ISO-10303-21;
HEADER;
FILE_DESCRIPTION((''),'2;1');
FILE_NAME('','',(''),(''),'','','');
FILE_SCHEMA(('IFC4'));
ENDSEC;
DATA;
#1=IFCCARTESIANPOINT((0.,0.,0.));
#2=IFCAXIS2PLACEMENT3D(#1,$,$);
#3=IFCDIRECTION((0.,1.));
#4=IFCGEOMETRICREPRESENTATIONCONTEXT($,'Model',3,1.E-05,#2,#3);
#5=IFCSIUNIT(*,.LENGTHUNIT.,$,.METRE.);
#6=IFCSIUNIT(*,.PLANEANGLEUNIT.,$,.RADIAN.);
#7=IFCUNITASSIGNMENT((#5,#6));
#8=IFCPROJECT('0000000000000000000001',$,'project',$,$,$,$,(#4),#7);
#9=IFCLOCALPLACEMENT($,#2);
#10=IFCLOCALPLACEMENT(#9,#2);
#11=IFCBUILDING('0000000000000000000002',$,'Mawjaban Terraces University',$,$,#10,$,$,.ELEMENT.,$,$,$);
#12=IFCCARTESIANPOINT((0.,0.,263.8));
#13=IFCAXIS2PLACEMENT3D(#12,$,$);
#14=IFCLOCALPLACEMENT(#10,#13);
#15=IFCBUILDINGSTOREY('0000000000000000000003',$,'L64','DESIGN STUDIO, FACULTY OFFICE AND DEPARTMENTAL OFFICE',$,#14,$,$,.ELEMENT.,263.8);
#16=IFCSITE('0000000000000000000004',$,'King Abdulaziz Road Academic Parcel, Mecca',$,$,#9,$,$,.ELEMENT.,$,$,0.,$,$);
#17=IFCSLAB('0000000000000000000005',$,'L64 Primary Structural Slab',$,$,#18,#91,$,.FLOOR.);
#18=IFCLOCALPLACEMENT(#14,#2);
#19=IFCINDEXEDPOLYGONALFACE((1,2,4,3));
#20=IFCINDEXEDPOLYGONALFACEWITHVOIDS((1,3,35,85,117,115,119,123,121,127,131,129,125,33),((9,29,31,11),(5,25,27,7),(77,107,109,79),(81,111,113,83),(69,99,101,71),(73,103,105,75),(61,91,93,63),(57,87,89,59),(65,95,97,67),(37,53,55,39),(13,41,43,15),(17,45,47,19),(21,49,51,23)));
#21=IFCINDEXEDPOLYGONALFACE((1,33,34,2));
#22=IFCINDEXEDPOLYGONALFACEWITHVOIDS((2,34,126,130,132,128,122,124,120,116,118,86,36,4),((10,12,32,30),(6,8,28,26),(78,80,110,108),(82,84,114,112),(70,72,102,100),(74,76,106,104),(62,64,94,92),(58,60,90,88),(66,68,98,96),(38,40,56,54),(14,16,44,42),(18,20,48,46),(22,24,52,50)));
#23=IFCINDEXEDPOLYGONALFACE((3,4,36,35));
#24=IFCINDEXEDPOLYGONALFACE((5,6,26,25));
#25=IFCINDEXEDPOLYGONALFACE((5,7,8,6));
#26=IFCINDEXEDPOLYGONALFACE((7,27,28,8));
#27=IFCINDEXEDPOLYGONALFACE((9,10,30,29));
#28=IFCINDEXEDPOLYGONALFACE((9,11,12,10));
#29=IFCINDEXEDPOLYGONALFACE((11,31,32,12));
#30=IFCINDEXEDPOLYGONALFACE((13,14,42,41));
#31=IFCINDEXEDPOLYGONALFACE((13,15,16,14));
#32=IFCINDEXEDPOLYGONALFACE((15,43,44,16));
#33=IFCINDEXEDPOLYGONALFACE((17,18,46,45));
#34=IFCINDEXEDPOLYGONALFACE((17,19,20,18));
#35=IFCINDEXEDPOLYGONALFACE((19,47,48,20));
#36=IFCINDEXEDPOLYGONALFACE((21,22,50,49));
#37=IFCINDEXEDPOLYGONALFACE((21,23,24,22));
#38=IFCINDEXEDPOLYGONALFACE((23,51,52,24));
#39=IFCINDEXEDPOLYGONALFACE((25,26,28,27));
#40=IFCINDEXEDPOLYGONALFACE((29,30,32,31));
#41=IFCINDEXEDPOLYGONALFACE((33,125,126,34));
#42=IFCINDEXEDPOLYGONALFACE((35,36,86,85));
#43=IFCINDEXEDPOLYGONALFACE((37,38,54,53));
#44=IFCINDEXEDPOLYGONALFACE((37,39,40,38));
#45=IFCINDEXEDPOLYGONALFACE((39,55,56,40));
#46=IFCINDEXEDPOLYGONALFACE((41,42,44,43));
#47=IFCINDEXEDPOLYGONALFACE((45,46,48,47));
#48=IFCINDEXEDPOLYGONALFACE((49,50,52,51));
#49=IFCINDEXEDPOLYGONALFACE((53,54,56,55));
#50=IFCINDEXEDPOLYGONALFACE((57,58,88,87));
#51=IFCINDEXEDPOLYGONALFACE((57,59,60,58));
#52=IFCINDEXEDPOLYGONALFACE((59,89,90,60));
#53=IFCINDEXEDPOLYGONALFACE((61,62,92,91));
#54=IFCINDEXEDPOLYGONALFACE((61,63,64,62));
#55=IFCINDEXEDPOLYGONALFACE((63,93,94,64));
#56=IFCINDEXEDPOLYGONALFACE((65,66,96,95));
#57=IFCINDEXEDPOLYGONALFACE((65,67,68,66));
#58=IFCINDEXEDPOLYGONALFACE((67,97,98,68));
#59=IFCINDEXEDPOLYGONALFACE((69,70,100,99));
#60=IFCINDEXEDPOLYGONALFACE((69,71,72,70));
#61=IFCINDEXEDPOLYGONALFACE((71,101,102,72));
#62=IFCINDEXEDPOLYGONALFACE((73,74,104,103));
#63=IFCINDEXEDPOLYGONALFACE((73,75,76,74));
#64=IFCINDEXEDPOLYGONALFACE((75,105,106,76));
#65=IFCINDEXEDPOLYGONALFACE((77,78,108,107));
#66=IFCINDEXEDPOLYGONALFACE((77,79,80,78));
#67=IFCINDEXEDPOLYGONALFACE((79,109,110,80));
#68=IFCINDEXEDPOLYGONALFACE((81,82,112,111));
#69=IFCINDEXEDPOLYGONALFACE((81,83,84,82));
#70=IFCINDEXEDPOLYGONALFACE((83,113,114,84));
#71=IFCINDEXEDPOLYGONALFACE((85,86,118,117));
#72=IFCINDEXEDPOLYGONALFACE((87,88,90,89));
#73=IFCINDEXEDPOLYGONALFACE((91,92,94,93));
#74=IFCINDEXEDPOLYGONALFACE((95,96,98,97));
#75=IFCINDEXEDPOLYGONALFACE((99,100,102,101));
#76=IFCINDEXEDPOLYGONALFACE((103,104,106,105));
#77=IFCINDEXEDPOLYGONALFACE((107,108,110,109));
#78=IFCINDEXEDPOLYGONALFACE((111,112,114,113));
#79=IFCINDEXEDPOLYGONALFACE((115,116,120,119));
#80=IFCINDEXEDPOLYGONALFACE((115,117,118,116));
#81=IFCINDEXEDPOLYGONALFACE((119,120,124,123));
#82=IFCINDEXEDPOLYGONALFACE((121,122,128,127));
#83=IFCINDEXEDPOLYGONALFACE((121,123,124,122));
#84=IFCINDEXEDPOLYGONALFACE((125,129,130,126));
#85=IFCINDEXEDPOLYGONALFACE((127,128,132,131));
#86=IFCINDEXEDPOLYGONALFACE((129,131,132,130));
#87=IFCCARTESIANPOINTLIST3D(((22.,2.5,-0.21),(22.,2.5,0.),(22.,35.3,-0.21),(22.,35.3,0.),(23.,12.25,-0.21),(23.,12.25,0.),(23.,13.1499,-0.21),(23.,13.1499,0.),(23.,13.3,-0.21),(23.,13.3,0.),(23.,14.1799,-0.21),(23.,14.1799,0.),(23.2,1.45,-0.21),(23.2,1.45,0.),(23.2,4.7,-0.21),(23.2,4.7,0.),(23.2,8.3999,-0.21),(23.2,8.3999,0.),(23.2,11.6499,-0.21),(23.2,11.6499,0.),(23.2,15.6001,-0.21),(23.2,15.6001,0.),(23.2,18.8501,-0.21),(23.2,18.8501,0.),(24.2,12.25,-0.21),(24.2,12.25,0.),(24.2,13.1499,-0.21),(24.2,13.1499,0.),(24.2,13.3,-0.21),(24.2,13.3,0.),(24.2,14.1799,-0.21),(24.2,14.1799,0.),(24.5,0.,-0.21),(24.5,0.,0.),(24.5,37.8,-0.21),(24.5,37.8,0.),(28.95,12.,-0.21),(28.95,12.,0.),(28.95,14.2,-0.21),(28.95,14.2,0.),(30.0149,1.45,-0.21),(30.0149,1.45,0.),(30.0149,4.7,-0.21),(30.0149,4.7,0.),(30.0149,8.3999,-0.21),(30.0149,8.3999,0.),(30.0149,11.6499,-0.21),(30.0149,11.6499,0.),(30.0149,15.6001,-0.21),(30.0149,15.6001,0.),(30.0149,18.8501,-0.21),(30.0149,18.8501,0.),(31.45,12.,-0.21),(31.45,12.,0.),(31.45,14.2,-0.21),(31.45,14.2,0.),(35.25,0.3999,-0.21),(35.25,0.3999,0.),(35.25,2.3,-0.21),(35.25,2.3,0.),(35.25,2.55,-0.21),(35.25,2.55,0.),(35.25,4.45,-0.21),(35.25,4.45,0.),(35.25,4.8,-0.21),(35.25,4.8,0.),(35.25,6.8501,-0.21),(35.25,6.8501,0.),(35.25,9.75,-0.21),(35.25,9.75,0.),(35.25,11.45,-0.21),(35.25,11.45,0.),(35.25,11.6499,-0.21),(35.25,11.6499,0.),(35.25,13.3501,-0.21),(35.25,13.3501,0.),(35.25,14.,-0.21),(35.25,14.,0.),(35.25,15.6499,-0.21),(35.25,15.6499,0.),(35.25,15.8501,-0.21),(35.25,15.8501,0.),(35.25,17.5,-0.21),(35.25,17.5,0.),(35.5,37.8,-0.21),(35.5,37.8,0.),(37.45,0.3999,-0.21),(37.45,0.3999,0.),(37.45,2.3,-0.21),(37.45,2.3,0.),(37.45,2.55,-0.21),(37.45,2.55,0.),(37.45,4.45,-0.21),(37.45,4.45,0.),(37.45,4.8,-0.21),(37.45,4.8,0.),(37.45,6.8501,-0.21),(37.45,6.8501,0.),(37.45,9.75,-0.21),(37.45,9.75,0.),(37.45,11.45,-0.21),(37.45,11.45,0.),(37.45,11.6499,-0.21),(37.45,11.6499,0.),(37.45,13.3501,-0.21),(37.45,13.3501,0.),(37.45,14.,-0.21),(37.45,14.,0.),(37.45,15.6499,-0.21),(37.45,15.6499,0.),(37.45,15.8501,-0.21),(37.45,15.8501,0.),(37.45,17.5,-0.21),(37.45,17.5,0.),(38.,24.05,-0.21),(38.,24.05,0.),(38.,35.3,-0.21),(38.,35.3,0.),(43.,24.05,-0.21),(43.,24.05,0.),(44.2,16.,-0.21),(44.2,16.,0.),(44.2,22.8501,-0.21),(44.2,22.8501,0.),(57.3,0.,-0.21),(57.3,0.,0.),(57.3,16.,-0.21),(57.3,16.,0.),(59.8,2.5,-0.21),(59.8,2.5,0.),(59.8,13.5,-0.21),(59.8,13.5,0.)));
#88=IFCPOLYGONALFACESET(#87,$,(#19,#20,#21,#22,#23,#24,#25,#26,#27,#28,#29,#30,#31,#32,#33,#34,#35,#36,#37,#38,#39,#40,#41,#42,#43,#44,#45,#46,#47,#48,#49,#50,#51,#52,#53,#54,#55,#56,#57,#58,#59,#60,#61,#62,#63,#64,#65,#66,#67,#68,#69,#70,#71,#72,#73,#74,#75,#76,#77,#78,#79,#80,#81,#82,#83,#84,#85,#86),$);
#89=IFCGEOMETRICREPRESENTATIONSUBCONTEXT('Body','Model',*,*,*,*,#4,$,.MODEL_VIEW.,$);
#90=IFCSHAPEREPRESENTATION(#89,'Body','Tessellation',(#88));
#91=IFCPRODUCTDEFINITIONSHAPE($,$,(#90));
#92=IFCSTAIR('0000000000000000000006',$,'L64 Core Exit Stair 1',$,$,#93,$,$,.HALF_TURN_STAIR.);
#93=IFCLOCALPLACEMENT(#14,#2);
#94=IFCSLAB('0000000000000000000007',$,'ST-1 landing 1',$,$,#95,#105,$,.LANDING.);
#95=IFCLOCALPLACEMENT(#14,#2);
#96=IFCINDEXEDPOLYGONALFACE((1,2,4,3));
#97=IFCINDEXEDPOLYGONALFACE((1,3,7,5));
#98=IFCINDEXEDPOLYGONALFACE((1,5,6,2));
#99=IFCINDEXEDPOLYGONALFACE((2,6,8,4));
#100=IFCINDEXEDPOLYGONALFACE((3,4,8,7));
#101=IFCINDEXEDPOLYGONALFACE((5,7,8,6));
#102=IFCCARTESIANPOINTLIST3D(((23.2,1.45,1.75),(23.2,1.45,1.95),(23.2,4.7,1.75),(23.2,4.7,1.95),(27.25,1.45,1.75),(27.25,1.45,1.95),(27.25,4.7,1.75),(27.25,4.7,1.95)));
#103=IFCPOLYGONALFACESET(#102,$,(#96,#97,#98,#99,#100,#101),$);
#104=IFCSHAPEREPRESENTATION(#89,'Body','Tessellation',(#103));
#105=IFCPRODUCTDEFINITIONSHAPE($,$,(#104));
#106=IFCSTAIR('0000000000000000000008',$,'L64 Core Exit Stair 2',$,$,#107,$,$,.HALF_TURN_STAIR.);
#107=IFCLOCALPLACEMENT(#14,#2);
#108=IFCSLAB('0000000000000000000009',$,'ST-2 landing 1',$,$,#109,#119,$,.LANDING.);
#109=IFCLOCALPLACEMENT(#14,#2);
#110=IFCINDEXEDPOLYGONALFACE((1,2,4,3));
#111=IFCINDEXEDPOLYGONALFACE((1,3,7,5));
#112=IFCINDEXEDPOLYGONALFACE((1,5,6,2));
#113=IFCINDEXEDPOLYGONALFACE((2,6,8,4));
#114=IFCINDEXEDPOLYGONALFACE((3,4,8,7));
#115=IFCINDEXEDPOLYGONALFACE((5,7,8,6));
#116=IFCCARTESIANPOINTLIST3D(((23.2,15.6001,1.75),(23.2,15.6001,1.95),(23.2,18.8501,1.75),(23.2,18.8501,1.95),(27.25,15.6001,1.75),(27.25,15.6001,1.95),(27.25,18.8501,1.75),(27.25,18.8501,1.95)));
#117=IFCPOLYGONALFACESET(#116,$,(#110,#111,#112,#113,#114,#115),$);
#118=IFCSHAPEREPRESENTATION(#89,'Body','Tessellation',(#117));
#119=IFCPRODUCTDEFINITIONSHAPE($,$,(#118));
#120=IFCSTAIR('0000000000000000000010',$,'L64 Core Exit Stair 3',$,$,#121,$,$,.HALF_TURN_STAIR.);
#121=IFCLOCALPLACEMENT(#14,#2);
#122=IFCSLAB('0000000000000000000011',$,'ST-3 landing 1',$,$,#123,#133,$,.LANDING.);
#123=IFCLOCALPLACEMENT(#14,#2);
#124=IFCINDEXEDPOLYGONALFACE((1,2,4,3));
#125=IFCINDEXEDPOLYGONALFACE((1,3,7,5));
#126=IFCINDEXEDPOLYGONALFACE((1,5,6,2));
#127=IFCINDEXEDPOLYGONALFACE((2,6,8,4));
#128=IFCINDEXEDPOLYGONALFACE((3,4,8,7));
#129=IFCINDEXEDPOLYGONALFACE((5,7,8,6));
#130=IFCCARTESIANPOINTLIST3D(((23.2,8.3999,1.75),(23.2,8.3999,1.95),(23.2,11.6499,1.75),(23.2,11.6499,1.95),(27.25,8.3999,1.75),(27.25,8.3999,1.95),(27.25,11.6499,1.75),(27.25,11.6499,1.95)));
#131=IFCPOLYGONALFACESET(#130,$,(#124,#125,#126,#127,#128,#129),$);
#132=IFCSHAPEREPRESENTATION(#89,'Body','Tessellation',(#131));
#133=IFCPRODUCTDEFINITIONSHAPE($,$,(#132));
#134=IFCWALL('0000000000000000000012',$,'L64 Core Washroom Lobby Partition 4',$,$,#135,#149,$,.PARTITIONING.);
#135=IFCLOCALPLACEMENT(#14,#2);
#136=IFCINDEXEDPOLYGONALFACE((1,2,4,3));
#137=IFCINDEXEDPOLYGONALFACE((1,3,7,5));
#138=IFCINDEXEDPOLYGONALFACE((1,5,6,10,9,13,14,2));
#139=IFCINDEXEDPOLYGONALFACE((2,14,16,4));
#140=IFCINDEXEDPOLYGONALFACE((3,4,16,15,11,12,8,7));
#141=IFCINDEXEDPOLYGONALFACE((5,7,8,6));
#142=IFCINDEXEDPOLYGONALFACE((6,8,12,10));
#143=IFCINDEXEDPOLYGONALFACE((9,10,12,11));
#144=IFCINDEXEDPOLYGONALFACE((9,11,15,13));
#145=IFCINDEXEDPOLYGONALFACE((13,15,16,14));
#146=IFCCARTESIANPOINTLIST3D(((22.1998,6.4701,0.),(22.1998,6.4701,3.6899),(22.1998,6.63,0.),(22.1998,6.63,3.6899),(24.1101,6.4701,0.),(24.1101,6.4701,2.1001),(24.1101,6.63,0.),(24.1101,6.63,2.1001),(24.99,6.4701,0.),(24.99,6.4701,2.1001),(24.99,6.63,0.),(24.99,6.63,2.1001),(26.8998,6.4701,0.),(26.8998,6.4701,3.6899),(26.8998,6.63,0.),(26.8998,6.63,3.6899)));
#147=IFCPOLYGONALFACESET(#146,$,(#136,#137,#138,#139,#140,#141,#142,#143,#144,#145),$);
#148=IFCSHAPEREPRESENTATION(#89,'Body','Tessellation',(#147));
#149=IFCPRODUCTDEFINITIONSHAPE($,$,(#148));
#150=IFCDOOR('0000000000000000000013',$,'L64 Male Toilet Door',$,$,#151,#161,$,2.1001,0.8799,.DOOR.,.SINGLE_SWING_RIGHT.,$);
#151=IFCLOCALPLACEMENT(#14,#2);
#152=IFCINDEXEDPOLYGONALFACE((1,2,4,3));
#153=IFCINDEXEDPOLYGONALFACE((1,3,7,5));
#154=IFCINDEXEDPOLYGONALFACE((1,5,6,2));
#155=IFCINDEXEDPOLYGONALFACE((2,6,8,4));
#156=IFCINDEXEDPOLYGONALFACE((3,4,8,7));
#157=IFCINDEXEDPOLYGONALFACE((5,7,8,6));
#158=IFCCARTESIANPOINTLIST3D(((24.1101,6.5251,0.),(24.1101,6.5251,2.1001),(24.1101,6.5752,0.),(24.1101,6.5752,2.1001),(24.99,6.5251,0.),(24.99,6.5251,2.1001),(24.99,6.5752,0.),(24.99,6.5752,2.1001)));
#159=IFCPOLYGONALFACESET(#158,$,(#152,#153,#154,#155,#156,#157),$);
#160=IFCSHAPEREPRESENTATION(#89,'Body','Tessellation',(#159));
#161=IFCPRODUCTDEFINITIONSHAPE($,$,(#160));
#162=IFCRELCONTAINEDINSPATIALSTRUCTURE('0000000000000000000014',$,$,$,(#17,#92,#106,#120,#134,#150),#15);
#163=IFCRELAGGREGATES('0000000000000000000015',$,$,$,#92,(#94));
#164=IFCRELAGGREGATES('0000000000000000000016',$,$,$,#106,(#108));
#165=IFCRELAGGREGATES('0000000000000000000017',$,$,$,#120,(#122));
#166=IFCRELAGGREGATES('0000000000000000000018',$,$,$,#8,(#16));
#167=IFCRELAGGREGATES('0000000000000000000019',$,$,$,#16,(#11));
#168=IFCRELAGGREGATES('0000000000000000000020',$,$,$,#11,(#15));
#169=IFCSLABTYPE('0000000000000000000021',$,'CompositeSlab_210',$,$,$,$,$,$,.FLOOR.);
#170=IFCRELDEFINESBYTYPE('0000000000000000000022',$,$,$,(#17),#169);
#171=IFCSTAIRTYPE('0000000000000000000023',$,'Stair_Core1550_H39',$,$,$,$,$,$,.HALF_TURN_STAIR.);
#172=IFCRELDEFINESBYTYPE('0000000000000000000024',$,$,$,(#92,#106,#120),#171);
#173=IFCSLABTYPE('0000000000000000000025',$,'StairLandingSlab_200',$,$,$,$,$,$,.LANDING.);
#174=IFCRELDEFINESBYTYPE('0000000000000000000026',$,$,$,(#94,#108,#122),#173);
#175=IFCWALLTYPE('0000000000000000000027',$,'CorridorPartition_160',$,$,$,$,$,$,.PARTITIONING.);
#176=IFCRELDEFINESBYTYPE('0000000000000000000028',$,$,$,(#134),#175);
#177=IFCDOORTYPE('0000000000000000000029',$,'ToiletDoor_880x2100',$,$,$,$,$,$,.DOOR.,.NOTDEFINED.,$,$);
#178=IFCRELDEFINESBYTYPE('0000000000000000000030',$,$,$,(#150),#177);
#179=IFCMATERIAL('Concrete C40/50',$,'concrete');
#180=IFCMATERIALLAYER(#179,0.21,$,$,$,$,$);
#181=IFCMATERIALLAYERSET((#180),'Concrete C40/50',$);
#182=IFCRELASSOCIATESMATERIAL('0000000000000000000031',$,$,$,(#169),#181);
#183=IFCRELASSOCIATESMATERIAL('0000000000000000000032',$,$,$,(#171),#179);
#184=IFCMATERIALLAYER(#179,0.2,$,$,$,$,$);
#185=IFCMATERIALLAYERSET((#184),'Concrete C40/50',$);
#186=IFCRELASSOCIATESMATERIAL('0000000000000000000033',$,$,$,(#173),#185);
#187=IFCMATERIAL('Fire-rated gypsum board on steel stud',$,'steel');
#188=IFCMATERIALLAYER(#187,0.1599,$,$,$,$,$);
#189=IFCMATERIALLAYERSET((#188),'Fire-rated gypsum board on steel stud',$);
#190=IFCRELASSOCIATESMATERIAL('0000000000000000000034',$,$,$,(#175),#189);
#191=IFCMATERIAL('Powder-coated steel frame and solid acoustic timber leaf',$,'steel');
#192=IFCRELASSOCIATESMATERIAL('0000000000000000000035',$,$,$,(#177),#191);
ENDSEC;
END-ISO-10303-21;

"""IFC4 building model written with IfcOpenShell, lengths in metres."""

from ifc_helpers import new_model, si_unit, direction, frame, frame_2d, origin, place, context, subcontext, project, spatial, polyline, rectangle, outline, extrude, material, layer, layer_set, type_object, element, fill, aggregate, save


model = new_model("IFC4")

# Units and contexts
model_context = context("Model", 3, precision=1e-05, world=origin(), true_north=direction((0.0, 1.0)))
body_context = subcontext(model_context, "Body", "Model", "MODEL_VIEW")
ifc_project = project(units=[si_unit("LENGTHUNIT", "METRE"), si_unit("PLANEANGLEUNIT", "RADIAN")], contexts=[model_context])

# Site, building, storey
site_placement = place(None, origin())
site = spatial("IfcSite", under=ifc_project, at=site_placement, Name="King Abdulaziz Road Academic Parcel, Mecca", CompositionType="ELEMENT", RefElevation=0.0)
building_placement = place(site_placement, origin())
building = spatial("IfcBuilding", under=site, at=building_placement, Name="Mawjaban Terraces University", CompositionType="ELEMENT")
storey_placement = place(building_placement, frame((0.0, 0.0, 263.8)))
storey = spatial("IfcBuildingStorey", under=building, at=storey_placement, Name="L64", Description="DESIGN STUDIO, FACULTY OFFICE AND DEPARTMENTAL OFFICE", CompositionType="ELEMENT", Elevation=263.8)

# Slab
ifc_material_1 = material(Name="Concrete C40/50", Category="concrete")
ifc_layer_1 = layer(ifc_material_1, 0.21)
ifc_layer_set_1 = layer_set([ifc_layer_1], Name="Concrete C40/50")
slab_type_1 = type_object("IfcSlabType", Name="CompositeSlab_210", PredefinedType="FLOOR", material=ifc_layer_set_1)
slab_1_placement = place(storey_placement, frame((0.0, 0.0, -0.21)))
element("IfcSlab", 1, at=slab_1_placement, inside=storey, type_object=slab_type_1, Name="L64 Primary Structural Slab", PredefinedType="FLOOR", context=body_context, shape_type="SweptSolid", body=[
    extrude(outline(polyline([(24.5, 0.0), (57.3, 0.0), (59.8, 2.5), (59.8, 13.5), (57.3, 16.0), (44.2, 16.0), (44.2, 22.8501), (43.0, 24.05), (38.0, 24.05), (38.0, 35.3), (35.5, 37.8), (24.5, 37.8), (22.0, 35.3), (22.0, 2.5), (24.5, 0.0)]), holes=[polyline([(30.0149, 4.7), (23.2, 4.7), (23.2, 1.45), (30.0149, 1.45), (30.0149, 4.7)]), polyline([(30.0149, 18.8501), (23.2, 18.8501), (23.2, 15.6001), (30.0149, 15.6001), (30.0149, 18.8501)]), polyline([(30.0149, 11.6499), (23.2, 11.6499), (23.2, 8.3999), (30.0149, 8.3999), (30.0149, 11.6499)]), polyline([(35.25, 0.3999), (37.45, 0.3999), (37.45, 2.3), (35.25, 2.3), (35.25, 0.3999)]), polyline([(35.25, 2.55), (37.45, 2.55), (37.45, 4.45), (35.25, 4.45), (35.25, 2.55)]), polyline([(35.25, 4.8), (37.45, 4.8), (37.45, 6.8501), (35.25, 6.8501), (35.25, 4.8)]), polyline([(35.25, 9.75), (37.45, 9.75), (37.45, 11.45), (35.25, 11.45), (35.25, 9.75)]), polyline([(35.25, 11.6499), (37.45, 11.6499), (37.45, 13.3501), (35.25, 13.3501), (35.25, 11.6499)]), polyline([(28.95, 12.0), (31.45, 12.0), (31.45, 14.2), (28.95, 14.2), (28.95, 12.0)]), polyline([(35.25, 14.0), (37.45, 14.0), (37.45, 15.6499), (35.25, 15.6499), (35.25, 14.0)]), polyline([(35.25, 15.8501), (37.45, 15.8501), (37.45, 17.5), (35.25, 17.5), (35.25, 15.8501)]), polyline([(23.0, 12.25), (24.2, 12.25), (24.2, 13.1499), (23.0, 13.1499), (23.0, 12.25)]), polyline([(23.0, 13.3), (24.2, 13.3), (24.2, 14.1799), (23.0, 14.1799), (23.0, 13.3)])]), origin(), (0.0, 0.0, 1.0), 0.21),
])

# Stairs, slabs
stair_type = type_object("IfcStairType", Name="Stair_Core1550_H39", PredefinedType="HALF_TURN_STAIR", material=ifc_material_1)
stair_1_placement = place(storey_placement, origin())
stair_1 = element("IfcStair", 2, at=stair_1_placement, inside=storey, type_object=stair_type, Name="L64 Core Exit Stair 1", PredefinedType="HALF_TURN_STAIR")
ifc_layer_2 = layer(ifc_material_1, 0.2)
ifc_layer_set_2 = layer_set([ifc_layer_2], Name="Concrete C40/50")
slab_type_2 = type_object("IfcSlabType", Name="StairLandingSlab_200", PredefinedType="LANDING", material=ifc_layer_set_2)
slab_2_placement = place(storey_placement, frame((0.0, 0.0, 1.75)))
slab_2 = element("IfcSlab", 3, at=slab_2_placement, type_object=slab_type_2, Name="ST-1 landing 1", PredefinedType="LANDING", context=body_context, shape_type="SweptSolid", body=[
    extrude(outline(polyline([(27.25, 4.7), (23.2, 4.7), (23.2, 1.45), (27.25, 1.45), (27.25, 4.7)])), origin(), (0.0, 0.0, 1.0), 0.2),
])
aggregate(stair_1, [slab_2])
stair_2_placement = place(storey_placement, origin())
stair_2 = element("IfcStair", 4, at=stair_2_placement, inside=storey, type_object=stair_type, Name="L64 Core Exit Stair 2", PredefinedType="HALF_TURN_STAIR")
slab_3_placement = place(storey_placement, frame((0.0, 0.0, 1.75)))
slab_3 = element("IfcSlab", 5, at=slab_3_placement, type_object=slab_type_2, Name="ST-2 landing 1", PredefinedType="LANDING", context=body_context, shape_type="SweptSolid", body=[
    extrude(outline(polyline([(27.25, 18.8501), (23.2, 18.8501), (23.2, 15.6001), (27.25, 15.6001), (27.25, 18.8501)])), origin(), (0.0, 0.0, 1.0), 0.2),
])
aggregate(stair_2, [slab_3])
stair_3_placement = place(storey_placement, origin())
stair_3 = element("IfcStair", 6, at=stair_3_placement, inside=storey, type_object=stair_type, Name="L64 Core Exit Stair 3", PredefinedType="HALF_TURN_STAIR")
slab_4_placement = place(storey_placement, frame((0.0, 0.0, 1.75)))
slab_4 = element("IfcSlab", 7, at=slab_4_placement, type_object=slab_type_2, Name="ST-3 landing 1", PredefinedType="LANDING", context=body_context, shape_type="SweptSolid", body=[
    extrude(outline(polyline([(27.25, 11.6499), (23.2, 11.6499), (23.2, 8.3999), (27.25, 8.3999), (27.25, 11.6499)])), origin(), (0.0, 0.0, 1.0), 0.2),
])
aggregate(stair_3, [slab_4])

# Wall, opening, door
ifc_material_2 = material(Name="Fire-rated gypsum board on steel stud", Category="steel")
ifc_layer_3 = layer(ifc_material_2, 0.1599)
ifc_layer_set_3 = layer_set([ifc_layer_3], Name="Fire-rated gypsum board on steel stud")
wall_type_1 = type_object("IfcWallType", Name="CorridorPartition_160", PredefinedType="PARTITIONING", material=ifc_layer_set_3)
wall_1_placement = place(storey_placement, frame((26.8999, 6.55, 0.0), z_axis=(0.0, 0.0, 1.0), x_axis=(-1.0, 0.0, 0.0)))
wall_1 = element("IfcWall", 8, at=wall_1_placement, inside=storey, type_object=wall_type_1, Name="L64 Core Washroom Lobby Partition 4", PredefinedType="PARTITIONING", context=body_context, shape_type="SweptSolid", body=[
    extrude(rectangle(XDim=4.7, YDim=0.1599, at=frame_2d((2.3501, 0.0))), origin(), (0.0, 0.0, 1.0), 3.6899),
])
opening_1_placement = place(wall_1_placement, frame((1.9099, 0.0, 0.0)))
opening_1 = element("IfcOpeningElement", 9, at=opening_1_placement, cuts=wall_1, PredefinedType="OPENING", context=body_context, shape_type="SweptSolid", body=[
    extrude(rectangle(XDim=0.8799, YDim=2.1001, at=frame_2d((0.4399, 1.05))), frame((0.0, 0.0898, 0.0), z_axis=(0.0, -1.0, 0.0), x_axis=(1.0, 0.0, 0.0)), (0.0, 0.0, 1.0), 0.1799),
])
ifc_material_3 = material(Name="Powder-coated steel frame and solid acoustic timber leaf", Category="steel")
door_type = type_object("IfcDoorType", Name="ToiletDoor_880x2100", OperationType="NOTDEFINED", PredefinedType="DOOR", material=ifc_material_3)
door_placement = place(opening_1_placement, origin())
door = element("IfcDoor", 10, at=door_placement, inside=storey, type_object=door_type, Name="L64 Male Toilet Door", OperationType="SINGLE_SWING_RIGHT", OverallHeight=2.1001, OverallWidth=0.8799, PredefinedType="DOOR", context=body_context, shape_type="SweptSolid", body=[
    extrude(rectangle(XDim=0.8799, YDim=2.1001, at=frame_2d((0.4399, 1.05))), frame((0.0, 0.0249, 0.0), z_axis=(0.0, -1.0, 0.0), x_axis=(1.0, 0.0, 0.0)), (0.0, 0.0, 1.0), 0.05),
])
fill(opening_1, door)

save(model, "model.ifc")
